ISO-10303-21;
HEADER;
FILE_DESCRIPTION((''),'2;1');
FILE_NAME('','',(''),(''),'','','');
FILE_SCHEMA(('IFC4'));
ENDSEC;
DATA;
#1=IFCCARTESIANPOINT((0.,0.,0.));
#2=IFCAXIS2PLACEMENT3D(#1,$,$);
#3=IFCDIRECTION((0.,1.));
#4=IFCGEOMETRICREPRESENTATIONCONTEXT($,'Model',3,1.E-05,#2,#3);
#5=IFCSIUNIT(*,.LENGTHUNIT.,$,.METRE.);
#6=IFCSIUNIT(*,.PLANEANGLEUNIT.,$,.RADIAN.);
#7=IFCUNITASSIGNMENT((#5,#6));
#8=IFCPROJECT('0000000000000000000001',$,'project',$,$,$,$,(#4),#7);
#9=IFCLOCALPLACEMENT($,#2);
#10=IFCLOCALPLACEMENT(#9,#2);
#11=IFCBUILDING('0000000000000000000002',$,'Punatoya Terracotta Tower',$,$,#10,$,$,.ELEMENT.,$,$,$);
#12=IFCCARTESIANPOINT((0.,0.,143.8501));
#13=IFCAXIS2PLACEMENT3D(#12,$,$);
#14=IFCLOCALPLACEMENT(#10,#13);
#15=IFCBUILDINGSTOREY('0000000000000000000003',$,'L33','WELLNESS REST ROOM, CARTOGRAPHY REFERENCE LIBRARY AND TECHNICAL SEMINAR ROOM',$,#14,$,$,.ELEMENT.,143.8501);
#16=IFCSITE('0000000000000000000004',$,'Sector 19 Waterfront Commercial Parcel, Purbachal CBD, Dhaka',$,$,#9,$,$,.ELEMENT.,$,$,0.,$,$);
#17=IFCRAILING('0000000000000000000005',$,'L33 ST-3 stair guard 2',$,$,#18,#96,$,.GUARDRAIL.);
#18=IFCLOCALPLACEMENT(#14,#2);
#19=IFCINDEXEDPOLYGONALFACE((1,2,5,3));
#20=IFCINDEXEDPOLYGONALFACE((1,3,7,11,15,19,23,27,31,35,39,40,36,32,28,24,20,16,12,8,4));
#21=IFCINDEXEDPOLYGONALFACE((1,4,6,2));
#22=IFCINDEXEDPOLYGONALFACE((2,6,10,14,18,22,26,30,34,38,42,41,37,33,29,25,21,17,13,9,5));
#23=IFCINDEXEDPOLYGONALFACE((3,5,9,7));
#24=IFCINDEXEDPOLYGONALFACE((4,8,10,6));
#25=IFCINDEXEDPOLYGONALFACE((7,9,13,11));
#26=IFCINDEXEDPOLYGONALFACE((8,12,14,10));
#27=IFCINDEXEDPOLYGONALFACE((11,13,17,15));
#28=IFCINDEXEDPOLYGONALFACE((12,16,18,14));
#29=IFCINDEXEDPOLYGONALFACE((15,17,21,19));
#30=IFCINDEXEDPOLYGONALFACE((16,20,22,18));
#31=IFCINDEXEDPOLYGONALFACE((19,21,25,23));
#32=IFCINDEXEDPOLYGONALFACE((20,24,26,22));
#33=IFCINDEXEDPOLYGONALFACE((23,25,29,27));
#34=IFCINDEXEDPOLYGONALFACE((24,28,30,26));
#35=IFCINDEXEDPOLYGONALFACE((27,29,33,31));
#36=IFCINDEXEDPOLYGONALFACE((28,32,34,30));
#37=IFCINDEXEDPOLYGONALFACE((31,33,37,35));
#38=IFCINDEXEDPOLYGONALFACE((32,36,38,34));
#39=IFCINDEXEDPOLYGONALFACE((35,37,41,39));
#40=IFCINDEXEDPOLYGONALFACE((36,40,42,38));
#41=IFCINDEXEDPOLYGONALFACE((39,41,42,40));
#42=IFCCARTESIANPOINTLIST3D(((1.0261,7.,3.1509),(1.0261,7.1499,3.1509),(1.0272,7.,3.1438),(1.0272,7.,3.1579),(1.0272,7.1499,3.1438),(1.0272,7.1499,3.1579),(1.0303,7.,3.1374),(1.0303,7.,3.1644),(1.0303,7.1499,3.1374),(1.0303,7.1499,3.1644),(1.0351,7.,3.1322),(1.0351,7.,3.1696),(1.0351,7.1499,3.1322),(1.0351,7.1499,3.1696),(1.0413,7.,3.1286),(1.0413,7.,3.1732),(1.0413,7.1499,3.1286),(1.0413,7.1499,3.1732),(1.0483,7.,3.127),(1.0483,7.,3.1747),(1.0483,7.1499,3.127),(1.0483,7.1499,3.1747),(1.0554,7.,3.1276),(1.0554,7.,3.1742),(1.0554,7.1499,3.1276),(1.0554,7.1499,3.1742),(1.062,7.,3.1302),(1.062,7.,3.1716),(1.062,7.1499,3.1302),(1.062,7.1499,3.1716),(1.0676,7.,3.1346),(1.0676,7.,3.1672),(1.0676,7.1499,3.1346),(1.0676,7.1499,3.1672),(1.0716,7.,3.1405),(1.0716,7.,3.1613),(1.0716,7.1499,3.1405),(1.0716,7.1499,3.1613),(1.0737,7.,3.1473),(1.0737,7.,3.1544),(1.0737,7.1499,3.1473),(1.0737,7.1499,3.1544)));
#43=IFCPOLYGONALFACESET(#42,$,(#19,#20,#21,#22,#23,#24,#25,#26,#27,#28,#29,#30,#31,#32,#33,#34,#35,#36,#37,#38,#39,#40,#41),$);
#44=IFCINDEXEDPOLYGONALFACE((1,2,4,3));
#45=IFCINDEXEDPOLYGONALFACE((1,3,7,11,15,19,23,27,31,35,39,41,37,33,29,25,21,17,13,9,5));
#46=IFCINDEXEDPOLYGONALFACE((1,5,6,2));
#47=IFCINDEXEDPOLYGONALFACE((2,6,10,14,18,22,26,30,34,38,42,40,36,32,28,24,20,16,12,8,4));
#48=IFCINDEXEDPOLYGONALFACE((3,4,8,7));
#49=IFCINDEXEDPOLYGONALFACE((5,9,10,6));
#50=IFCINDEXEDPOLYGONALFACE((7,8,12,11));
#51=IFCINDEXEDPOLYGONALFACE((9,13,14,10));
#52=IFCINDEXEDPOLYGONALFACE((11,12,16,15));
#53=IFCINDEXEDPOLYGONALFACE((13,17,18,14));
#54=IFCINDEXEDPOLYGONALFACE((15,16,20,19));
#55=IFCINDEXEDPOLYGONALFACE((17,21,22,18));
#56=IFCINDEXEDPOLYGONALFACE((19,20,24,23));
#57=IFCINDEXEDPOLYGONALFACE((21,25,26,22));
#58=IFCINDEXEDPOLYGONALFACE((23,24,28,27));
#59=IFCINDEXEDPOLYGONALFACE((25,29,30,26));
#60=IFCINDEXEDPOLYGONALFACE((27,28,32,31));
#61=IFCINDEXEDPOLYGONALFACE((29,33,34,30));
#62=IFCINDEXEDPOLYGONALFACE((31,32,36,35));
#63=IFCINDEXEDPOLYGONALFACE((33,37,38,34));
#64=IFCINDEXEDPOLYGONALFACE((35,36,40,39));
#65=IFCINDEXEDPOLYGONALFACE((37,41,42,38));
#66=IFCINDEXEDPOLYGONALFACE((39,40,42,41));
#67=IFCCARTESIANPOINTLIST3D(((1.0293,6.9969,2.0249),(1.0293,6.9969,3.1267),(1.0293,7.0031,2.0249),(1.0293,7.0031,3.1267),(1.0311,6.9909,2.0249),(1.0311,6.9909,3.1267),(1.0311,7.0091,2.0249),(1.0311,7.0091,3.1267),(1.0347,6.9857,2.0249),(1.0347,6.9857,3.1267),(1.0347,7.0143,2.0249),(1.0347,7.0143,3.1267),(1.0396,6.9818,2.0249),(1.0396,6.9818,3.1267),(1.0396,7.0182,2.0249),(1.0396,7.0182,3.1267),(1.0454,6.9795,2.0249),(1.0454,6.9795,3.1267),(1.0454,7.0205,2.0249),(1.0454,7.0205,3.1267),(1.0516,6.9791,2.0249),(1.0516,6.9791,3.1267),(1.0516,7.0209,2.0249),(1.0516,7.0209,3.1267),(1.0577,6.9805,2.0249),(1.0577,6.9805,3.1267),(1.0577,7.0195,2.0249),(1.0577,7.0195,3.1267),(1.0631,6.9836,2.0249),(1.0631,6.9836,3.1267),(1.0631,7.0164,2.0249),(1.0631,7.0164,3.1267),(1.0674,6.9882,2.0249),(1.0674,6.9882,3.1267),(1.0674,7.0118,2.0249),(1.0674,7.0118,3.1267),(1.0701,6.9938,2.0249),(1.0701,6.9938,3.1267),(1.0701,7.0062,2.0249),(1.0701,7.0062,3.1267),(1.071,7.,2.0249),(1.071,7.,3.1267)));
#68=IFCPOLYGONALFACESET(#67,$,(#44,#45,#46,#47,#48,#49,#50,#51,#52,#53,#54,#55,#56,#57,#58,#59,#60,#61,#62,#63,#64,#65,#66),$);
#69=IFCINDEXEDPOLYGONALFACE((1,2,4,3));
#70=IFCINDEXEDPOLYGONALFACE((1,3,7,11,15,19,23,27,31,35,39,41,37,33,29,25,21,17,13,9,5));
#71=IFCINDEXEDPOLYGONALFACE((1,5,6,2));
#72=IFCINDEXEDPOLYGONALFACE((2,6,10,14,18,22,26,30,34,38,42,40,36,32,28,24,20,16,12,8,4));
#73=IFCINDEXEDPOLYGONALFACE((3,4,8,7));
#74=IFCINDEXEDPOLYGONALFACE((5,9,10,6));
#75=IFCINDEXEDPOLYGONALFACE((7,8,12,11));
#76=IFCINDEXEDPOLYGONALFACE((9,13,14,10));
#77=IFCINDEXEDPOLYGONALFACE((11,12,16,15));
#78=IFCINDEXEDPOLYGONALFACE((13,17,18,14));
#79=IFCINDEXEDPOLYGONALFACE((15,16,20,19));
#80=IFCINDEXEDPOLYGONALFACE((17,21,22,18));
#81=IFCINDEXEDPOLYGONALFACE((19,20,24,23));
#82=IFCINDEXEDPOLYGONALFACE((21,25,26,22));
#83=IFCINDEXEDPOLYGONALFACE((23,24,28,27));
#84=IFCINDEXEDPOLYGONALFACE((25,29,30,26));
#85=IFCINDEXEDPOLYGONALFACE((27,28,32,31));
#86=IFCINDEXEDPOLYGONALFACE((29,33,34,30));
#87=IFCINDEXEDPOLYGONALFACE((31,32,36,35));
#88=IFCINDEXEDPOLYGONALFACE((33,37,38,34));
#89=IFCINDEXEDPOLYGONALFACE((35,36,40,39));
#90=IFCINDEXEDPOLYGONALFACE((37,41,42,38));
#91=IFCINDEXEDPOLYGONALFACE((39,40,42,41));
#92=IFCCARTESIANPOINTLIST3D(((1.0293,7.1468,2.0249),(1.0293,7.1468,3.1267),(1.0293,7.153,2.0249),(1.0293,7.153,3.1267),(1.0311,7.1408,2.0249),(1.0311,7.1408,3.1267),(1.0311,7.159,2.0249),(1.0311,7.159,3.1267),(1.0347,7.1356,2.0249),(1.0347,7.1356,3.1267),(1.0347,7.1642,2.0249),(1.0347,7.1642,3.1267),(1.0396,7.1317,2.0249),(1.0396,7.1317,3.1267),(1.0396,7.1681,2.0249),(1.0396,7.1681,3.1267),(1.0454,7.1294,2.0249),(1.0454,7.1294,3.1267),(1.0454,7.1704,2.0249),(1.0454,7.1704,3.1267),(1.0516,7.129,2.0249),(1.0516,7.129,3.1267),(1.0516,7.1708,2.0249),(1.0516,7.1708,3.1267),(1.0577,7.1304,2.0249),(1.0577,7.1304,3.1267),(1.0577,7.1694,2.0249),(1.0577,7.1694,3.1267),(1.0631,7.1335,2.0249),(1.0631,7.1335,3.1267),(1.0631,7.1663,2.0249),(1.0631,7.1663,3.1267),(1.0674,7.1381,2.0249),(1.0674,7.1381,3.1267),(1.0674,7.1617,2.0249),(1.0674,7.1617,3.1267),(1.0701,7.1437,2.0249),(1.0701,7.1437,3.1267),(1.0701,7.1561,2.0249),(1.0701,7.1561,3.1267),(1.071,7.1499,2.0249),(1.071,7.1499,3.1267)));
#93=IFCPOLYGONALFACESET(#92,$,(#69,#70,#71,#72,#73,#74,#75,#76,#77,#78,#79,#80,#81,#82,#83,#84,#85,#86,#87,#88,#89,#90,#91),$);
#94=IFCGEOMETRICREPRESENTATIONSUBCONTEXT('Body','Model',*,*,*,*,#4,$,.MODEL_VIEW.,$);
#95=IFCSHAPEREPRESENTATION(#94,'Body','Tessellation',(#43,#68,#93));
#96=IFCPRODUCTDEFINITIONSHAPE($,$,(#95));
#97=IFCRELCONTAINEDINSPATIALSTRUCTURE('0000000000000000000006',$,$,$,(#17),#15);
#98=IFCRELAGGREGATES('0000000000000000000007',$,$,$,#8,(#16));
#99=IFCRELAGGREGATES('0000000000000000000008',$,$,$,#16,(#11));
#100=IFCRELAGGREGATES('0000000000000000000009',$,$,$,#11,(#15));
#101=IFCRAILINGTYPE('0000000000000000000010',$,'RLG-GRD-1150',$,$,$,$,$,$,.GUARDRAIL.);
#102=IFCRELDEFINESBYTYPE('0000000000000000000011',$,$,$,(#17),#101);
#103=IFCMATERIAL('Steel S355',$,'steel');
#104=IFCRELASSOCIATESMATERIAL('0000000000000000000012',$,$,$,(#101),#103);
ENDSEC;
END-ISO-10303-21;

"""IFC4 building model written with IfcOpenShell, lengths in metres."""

from ifc_helpers import new_model, si_unit, direction, frame, origin, origin_2d, place, context, subcontext, project, spatial, circle, extrude, material, type_object, element, save


model = new_model("IFC4")

# Units and contexts
model_context = context("Model", 3, precision=1e-05, world=origin(), true_north=direction((0.0, 1.0)))
body_context = subcontext(model_context, "Body", "Model", "MODEL_VIEW")
ifc_project = project(units=[si_unit("LENGTHUNIT", "METRE"), si_unit("PLANEANGLEUNIT", "RADIAN")], contexts=[model_context])

# Site, building, storey
site_placement = place(None, origin())
site = spatial("IfcSite", under=ifc_project, at=site_placement, Name="Sector 19 Waterfront Commercial Parcel, Purbachal CBD, Dhaka", CompositionType="ELEMENT", RefElevation=0.0)
building_placement = place(site_placement, origin())
building = spatial("IfcBuilding", under=site, at=building_placement, Name="Punatoya Terracotta Tower", CompositionType="ELEMENT")
storey_placement = place(building_placement, frame((0.0, 0.0, 143.8501)))
storey = spatial("IfcBuildingStorey", under=building, at=storey_placement, Name="L33", Description="WELLNESS REST ROOM, CARTOGRAPHY REFERENCE LIBRARY AND TECHNICAL SEMINAR ROOM", CompositionType="ELEMENT", Elevation=143.8501)

# Shared definitions
ifc_material_1 = material(Name="Steel S355", Category="steel")

# Railing
railing_type_1 = type_object("IfcRailingType", Name="RLG-GRD-1150", PredefinedType="GUARDRAIL", material=ifc_material_1)
railing_1_placement = place(storey_placement, frame((1.05, 7.0, 2.0249)))
element("IfcRailing", 1, at=railing_1_placement, inside=storey, type_object=railing_type_1, Name="L33 ST-3 stair guard 2", PredefinedType="GUARDRAIL", context=body_context, shape_type="SweptSolid", body=[
    extrude(circle(Radius=0.0239, at=origin_2d()), frame((0.0, 0.0, 1.126), z_axis=(0.0, 1.0, 0.0), x_axis=(-1.0, 0.0, 0.0)), (0.0, 0.0, 1.0), 0.1499),
    extrude(circle(Radius=0.021, at=origin_2d()), origin(), (0.0, 0.0, 1.0), 1.1018),
    extrude(circle(Radius=0.021, at=origin_2d()), frame((0.0, 0.1499, 0.0)), (0.0, 0.0, 1.0), 1.1018),
])

save(model, "model.ifc")
